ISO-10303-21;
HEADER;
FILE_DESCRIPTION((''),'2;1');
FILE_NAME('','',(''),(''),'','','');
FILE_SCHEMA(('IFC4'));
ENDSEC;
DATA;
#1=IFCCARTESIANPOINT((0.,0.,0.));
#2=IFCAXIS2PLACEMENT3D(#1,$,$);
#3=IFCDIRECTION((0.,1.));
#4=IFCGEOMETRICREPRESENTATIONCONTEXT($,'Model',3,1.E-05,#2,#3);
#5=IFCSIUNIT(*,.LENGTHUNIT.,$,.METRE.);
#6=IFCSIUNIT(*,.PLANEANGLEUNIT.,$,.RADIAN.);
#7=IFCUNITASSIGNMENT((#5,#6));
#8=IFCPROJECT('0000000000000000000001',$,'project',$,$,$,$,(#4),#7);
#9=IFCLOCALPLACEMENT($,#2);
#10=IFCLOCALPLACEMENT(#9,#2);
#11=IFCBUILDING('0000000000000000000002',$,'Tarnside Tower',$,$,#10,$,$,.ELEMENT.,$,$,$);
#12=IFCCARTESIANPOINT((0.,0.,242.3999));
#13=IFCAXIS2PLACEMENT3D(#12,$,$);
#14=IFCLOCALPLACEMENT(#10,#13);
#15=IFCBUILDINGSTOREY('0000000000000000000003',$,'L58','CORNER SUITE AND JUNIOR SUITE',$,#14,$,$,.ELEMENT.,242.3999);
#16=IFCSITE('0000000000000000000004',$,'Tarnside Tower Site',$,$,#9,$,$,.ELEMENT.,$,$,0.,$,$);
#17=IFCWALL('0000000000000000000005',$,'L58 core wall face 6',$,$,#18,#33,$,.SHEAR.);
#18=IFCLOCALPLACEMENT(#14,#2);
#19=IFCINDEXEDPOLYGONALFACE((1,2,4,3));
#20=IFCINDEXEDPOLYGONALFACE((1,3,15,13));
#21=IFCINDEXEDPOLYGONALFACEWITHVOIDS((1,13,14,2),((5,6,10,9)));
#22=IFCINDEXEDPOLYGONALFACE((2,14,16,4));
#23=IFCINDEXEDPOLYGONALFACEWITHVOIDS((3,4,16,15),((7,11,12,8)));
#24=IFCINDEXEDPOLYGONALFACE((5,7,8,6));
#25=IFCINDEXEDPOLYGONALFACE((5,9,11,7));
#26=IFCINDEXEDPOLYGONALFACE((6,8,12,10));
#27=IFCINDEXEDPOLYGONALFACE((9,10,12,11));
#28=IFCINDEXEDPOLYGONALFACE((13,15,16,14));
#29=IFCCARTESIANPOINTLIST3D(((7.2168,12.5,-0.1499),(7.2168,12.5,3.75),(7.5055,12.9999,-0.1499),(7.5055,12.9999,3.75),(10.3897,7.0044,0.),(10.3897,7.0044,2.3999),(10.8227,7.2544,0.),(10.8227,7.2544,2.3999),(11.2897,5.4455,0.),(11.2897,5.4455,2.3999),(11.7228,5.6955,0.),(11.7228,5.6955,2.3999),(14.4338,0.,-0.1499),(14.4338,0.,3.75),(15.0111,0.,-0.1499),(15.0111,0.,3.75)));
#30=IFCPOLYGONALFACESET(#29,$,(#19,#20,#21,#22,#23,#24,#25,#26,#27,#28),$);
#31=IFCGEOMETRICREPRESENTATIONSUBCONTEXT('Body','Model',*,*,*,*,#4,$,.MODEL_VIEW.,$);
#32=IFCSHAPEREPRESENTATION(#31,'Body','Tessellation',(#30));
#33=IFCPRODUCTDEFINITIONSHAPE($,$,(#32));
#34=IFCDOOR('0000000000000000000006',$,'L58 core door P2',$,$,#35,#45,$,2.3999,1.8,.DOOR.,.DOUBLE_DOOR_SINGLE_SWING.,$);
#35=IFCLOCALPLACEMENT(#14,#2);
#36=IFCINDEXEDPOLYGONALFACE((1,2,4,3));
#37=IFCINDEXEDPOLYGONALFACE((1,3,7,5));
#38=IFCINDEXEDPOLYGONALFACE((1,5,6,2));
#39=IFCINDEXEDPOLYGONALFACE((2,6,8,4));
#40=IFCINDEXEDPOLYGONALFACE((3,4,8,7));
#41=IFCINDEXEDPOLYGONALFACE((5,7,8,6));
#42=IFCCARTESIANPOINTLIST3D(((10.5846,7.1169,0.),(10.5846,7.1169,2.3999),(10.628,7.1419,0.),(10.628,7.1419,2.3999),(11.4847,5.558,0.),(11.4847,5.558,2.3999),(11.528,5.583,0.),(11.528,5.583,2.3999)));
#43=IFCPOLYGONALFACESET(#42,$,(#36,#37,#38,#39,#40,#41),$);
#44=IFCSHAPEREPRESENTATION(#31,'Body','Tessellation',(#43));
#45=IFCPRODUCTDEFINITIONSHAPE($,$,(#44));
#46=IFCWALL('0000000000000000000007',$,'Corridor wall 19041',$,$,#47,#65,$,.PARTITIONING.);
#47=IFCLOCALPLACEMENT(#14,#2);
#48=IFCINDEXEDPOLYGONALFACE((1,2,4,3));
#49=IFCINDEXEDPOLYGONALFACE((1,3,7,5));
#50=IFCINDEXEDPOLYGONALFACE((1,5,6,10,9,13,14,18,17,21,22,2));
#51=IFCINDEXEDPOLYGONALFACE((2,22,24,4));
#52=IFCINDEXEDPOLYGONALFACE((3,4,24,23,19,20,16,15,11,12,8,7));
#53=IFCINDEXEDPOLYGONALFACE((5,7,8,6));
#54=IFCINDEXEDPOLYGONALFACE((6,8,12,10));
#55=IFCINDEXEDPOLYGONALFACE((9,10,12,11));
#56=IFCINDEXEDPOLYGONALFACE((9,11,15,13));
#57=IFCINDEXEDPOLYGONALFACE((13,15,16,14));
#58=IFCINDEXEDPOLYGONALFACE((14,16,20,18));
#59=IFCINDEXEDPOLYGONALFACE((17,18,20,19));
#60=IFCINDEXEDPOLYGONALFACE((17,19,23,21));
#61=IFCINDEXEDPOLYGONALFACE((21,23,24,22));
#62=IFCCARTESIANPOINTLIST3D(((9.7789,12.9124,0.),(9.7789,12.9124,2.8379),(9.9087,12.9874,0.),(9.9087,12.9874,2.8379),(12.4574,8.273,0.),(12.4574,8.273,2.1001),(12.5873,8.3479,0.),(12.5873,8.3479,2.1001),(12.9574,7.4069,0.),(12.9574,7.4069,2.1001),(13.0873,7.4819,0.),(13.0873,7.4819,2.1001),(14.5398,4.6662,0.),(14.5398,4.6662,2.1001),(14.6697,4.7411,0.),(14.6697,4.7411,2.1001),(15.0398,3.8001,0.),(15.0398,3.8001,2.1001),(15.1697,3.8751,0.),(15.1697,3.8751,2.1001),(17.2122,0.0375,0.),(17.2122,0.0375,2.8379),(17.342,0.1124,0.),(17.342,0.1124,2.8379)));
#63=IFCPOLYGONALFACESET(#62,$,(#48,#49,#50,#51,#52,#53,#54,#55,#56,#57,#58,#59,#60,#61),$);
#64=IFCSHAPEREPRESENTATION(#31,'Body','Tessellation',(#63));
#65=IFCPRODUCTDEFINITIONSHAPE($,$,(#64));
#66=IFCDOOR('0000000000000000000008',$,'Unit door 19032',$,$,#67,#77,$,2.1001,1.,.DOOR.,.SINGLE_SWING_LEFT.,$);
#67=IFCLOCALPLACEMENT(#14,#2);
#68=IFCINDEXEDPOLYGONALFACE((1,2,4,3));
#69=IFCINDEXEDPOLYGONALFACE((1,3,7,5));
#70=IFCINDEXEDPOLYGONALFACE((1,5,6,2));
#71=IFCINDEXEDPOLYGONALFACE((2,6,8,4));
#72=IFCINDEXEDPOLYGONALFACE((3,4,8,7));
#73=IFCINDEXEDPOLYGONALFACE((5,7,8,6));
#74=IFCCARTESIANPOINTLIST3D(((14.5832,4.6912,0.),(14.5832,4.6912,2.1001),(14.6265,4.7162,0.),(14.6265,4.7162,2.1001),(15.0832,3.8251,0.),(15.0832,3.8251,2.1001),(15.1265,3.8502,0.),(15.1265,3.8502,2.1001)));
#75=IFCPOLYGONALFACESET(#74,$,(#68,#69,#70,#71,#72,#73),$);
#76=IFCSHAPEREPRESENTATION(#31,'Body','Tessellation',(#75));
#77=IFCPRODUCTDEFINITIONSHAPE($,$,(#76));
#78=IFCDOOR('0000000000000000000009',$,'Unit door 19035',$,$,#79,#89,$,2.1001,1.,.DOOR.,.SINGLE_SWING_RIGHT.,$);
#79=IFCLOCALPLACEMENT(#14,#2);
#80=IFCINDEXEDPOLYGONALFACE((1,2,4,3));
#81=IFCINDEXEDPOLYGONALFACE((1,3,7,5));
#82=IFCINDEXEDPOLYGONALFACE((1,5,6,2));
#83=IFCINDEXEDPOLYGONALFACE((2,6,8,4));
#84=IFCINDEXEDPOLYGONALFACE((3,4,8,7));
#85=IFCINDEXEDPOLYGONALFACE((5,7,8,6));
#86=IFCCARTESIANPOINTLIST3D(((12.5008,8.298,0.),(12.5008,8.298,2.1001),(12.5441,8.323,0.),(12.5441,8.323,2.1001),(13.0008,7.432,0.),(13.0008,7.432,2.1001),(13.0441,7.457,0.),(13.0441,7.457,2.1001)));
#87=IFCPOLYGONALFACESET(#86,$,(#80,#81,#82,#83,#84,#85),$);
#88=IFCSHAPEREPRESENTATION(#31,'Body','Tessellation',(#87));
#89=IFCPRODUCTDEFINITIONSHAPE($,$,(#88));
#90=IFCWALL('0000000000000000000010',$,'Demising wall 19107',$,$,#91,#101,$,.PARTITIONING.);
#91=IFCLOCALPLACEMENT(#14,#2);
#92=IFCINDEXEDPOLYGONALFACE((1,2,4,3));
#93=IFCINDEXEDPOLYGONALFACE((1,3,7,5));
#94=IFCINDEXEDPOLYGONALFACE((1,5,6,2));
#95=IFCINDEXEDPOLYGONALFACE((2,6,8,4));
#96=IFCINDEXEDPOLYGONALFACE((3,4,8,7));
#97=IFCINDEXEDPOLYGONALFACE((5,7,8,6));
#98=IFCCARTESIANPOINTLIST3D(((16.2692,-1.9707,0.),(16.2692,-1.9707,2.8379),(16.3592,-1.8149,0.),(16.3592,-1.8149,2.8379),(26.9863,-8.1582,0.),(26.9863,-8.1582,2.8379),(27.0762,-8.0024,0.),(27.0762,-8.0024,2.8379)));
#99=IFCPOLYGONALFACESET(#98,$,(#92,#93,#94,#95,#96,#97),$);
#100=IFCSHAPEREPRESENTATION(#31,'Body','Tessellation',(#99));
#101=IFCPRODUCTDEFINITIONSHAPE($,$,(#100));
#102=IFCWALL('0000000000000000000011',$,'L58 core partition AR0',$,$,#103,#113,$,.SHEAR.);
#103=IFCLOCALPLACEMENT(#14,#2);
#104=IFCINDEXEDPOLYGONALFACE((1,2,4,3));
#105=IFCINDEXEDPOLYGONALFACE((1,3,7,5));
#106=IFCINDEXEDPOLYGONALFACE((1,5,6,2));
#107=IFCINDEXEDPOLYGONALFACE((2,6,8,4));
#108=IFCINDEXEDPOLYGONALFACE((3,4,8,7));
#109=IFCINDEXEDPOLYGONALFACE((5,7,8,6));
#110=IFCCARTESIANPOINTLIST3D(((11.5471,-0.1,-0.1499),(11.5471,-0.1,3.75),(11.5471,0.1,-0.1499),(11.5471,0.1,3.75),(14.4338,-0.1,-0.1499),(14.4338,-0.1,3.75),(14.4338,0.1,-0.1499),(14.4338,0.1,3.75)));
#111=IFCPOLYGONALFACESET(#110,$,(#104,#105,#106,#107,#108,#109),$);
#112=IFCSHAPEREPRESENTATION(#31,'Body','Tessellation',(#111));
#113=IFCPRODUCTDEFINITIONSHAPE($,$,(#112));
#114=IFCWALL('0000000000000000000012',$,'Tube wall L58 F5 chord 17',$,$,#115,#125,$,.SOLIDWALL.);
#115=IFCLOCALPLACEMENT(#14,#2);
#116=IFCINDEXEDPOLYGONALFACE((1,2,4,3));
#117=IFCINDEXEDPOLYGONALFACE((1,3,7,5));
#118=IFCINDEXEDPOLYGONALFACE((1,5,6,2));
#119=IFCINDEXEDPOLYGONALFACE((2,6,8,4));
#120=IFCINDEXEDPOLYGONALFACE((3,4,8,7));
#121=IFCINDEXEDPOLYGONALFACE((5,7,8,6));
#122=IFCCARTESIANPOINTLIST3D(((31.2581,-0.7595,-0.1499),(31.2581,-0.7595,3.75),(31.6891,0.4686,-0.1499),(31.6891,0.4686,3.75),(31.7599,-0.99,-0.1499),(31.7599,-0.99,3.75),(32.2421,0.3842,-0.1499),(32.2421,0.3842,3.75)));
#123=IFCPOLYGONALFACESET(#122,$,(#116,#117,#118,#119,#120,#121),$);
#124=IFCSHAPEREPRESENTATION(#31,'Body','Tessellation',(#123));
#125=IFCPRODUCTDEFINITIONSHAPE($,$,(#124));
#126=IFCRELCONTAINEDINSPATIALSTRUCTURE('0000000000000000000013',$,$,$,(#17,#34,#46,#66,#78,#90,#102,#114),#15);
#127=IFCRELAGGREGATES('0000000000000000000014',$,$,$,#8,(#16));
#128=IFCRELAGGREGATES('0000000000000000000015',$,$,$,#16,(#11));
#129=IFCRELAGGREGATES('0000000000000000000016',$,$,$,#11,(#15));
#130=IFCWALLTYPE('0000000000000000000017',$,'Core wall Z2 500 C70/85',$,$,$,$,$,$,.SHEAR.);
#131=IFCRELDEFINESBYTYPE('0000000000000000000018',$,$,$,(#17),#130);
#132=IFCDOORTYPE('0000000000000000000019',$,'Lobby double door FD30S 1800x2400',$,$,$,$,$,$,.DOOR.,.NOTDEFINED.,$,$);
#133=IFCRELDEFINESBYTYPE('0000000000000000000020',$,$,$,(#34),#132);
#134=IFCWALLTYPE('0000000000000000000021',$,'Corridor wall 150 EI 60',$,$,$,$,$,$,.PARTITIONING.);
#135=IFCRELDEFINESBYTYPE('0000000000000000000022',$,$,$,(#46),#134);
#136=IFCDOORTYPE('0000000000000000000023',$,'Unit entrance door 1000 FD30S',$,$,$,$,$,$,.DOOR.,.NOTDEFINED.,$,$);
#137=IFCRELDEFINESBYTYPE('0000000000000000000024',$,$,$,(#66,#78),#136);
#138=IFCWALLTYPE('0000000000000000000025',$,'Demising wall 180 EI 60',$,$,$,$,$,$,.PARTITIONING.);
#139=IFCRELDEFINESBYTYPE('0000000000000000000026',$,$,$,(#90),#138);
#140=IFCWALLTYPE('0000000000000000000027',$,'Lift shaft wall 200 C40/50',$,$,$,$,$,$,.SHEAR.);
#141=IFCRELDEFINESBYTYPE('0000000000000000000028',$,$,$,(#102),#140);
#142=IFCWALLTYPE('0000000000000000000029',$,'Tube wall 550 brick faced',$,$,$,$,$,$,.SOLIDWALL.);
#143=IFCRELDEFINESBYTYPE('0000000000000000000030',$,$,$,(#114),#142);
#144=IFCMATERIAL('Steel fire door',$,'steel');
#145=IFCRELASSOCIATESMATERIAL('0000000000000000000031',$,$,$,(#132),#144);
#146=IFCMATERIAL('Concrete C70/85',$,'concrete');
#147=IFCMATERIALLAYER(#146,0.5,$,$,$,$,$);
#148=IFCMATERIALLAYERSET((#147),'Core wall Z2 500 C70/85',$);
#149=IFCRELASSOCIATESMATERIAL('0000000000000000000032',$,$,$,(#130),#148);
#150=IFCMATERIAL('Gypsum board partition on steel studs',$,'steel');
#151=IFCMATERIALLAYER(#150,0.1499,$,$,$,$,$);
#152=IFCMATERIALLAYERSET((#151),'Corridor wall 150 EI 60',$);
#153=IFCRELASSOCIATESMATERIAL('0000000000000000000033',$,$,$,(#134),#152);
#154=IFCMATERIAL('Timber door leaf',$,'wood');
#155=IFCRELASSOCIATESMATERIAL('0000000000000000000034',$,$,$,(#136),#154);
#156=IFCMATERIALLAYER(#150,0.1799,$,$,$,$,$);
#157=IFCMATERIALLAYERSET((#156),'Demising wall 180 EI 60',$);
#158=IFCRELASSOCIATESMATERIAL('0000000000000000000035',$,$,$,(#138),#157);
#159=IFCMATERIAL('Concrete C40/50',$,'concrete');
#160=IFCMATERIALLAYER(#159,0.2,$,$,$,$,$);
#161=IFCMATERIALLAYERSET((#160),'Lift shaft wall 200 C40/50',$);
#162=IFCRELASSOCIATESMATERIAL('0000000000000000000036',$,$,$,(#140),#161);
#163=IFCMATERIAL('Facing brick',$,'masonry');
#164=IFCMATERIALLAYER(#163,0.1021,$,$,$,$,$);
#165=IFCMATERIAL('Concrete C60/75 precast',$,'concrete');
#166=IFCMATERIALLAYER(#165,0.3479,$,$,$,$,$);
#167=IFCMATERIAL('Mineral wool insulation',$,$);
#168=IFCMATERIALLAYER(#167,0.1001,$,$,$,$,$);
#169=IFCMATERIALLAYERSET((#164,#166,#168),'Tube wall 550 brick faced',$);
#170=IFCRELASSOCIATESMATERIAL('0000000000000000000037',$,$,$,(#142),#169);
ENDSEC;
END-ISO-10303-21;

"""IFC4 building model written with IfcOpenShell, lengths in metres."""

from ifc_helpers import new_model, si_unit, direction, frame, frame_2d, origin, place, context, subcontext, project, spatial, polyline, rectangle, outline, extrude, material, layer, layer_set, type_object, element, fill, save


model = new_model("IFC4")

# Units and contexts
model_context = context("Model", 3, precision=1e-05, world=origin(), true_north=direction((0.0, 1.0)))
body_context = subcontext(model_context, "Body", "Model", "MODEL_VIEW")
ifc_project = project(units=[si_unit("LENGTHUNIT", "METRE"), si_unit("PLANEANGLEUNIT", "RADIAN")], contexts=[model_context])

# Site, building, storey
site_placement = place(None, origin())
site = spatial("IfcSite", under=ifc_project, at=site_placement, Name="Tarnside Tower Site", CompositionType="ELEMENT", RefElevation=0.0)
building_placement = place(site_placement, origin())
building = spatial("IfcBuilding", under=site, at=building_placement, Name="Tarnside Tower", CompositionType="ELEMENT")
storey_placement = place(building_placement, frame((0.0, 0.0, 242.3999)))
storey = spatial("IfcBuildingStorey", under=building, at=storey_placement, Name="L58", Description="CORNER SUITE AND JUNIOR SUITE", CompositionType="ELEMENT", Elevation=242.3999)

# Shared definitions
ifc_material_1 = material(Name="Gypsum board partition on steel studs", Category="steel")
ifc_material_2 = material(Name="Timber door leaf", Category="wood")

# Wall, opening, door
ifc_material_3 = material(Name="Steel fire door", Category="steel")
door_type_1 = type_object("IfcDoorType", Name="Lobby double door FD30S 1800x2400", OperationType="NOTDEFINED", PredefinedType="DOOR", material=ifc_material_3)
ifc_material_4 = material(Name="Concrete C70/85", Category="concrete")
ifc_layer_1 = layer(ifc_material_4, 0.5)
ifc_layer_set_1 = layer_set([ifc_layer_1], Name="Core wall Z2 500 C70/85")
wall_type_1 = type_object("IfcWallType", Name="Core wall Z2 500 C70/85", PredefinedType="SHEAR", material=ifc_layer_set_1)
wall_1_placement = place(storey_placement, frame((14.7224, 0.0, -0.1499), z_axis=(0.0, 0.0, 1.0), x_axis=(-0.500006, 0.866022, 0.0)))
wall_1 = element("IfcWall", 1, at=wall_1_placement, inside=storey, type_object=wall_type_1, Name="L58 core wall face 6", PredefinedType="SHEAR", context=body_context, shape_type="SweptSolid", body=[
    extrude(outline(polyline([(-0.1443, -0.25), (14.8667, -0.25), (14.5781, 0.25), (0.1443, 0.25), (-0.1443, -0.25)])), origin(), (0.0, 0.0, 1.0), 3.8999),
])
opening_1_placement = place(wall_1_placement, frame((6.4324, 0.0, 0.1499)))
opening_1 = element("IfcOpeningElement", 2, at=opening_1_placement, cuts=wall_1, PredefinedType="OPENING", context=body_context, shape_type="SweptSolid", body=[
    extrude(rectangle(XDim=1.8, YDim=2.3999, at=frame_2d((0.8999, 1.2))), frame((0.0, 0.26, 0.0), z_axis=(0.0, -1.0, 0.0), x_axis=(1.0, 0.0, 0.0)), (0.0, 0.0, 1.0), 0.52),
])
door_1_placement = place(opening_1_placement, origin())
door_1 = element("IfcDoor", 3, at=door_1_placement, inside=storey, type_object=door_type_1, Name="L58 core door P2", OperationType="DOUBLE_DOOR_SINGLE_SWING", OverallHeight=2.3999, OverallWidth=1.8, PredefinedType="DOOR", context=body_context, shape_type="SweptSolid", body=[
    extrude(rectangle(XDim=1.8, YDim=2.3999, at=frame_2d((0.8999, 1.2))), frame((0.0, 0.0249, 0.0), z_axis=(0.0, -1.0, 0.0), x_axis=(1.0, 0.0, 0.0)), (0.0, 0.0, 1.0), 0.05),
])
fill(opening_1, door_1)

# Wall, openings, doors
ifc_layer_2 = layer(ifc_material_1, 0.1499)
ifc_layer_set_2 = layer_set([ifc_layer_2], Name="Corridor wall 150 EI 60")
wall_type_2 = type_object("IfcWallType", Name="Corridor wall 150 EI 60", PredefinedType="PARTITIONING", material=ifc_layer_set_2)
wall_2_placement = place(storey_placement, frame((17.2771, 0.075, 0.0), z_axis=(0.0, 0.0, 1.0), x_axis=(-0.499998, 0.866026, 0.0)))
wall_2 = element("IfcWall", 4, at=wall_2_placement, inside=storey, type_object=wall_type_2, Name="Corridor wall 19041", PredefinedType="PARTITIONING", context=body_context, shape_type="SweptSolid", body=[
    extrude(rectangle(XDim=14.8667, YDim=0.1499, at=frame_2d((7.4333, 0.0))), origin(), (0.0, 0.0, 1.0), 2.8379),
])
opening_2_placement = place(wall_2_placement, frame((4.3447, 0.0, 0.0)))
opening_2 = element("IfcOpeningElement", 5, at=opening_2_placement, cuts=wall_2, PredefinedType="OPENING", context=body_context, shape_type="SweptSolid", body=[
    extrude(rectangle(XDim=1.0, YDim=2.1001, at=frame_2d((0.5, 1.05))), frame((0.0, 0.085, 0.0), z_axis=(0.0, -1.0, 0.0), x_axis=(1.0, 0.0, 0.0)), (0.0, 0.0, 1.0), 0.1699),
])
opening_3_placement = place(wall_2_placement, frame((8.5095, 0.0, 0.0)))
opening_3 = element("IfcOpeningElement", 6, at=opening_3_placement, cuts=wall_2, PredefinedType="OPENING", context=body_context, shape_type="SweptSolid", body=[
    extrude(rectangle(XDim=1.0, YDim=2.1001, at=frame_2d((0.5, 1.05))), frame((0.0, 0.085, 0.0), z_axis=(0.0, -1.0, 0.0), x_axis=(1.0, 0.0, 0.0)), (0.0, 0.0, 1.0), 0.1699),
])
door_type_2 = type_object("IfcDoorType", Name="Unit entrance door 1000 FD30S", OperationType="NOTDEFINED", PredefinedType="DOOR", material=ifc_material_2)
door_2_placement = place(opening_2_placement, origin())
door_2 = element("IfcDoor", 7, at=door_2_placement, inside=storey, type_object=door_type_2, Name="Unit door 19032", OperationType="SINGLE_SWING_LEFT", OverallHeight=2.1001, OverallWidth=1.0, PredefinedType="DOOR", context=body_context, shape_type="SweptSolid", body=[
    extrude(rectangle(XDim=1.0, YDim=2.1001, at=frame_2d((0.5, 1.05))), frame((0.0, 0.0249, 0.0), z_axis=(0.0, -1.0, 0.0), x_axis=(1.0, 0.0, 0.0)), (0.0, 0.0, 1.0), 0.05),
])
fill(opening_2, door_2)
door_3_placement = place(opening_3_placement, origin())
door_3 = element("IfcDoor", 8, at=door_3_placement, inside=storey, type_object=door_type_2, Name="Unit door 19035", OperationType="SINGLE_SWING_RIGHT", OverallHeight=2.1001, OverallWidth=1.0, PredefinedType="DOOR", context=body_context, shape_type="SweptSolid", body=[
    extrude(rectangle(XDim=1.0, YDim=2.1001, at=frame_2d((0.5, 1.05))), frame((0.0, 0.0249, 0.0), z_axis=(0.0, -1.0, 0.0), x_axis=(1.0, 0.0, 0.0)), (0.0, 0.0, 1.0), 0.05),
])
fill(opening_3, door_3)

# Walls
ifc_layer_3 = layer(ifc_material_1, 0.1799)
ifc_layer_set_3 = layer_set([ifc_layer_3], Name="Demising wall 180 EI 60")
wall_type_3 = type_object("IfcWallType", Name="Demising wall 180 EI 60", PredefinedType="PARTITIONING", material=ifc_layer_set_3)
wall_3_placement = place(storey_placement, frame((27.0312, -8.0803, 0.0), z_axis=(0.0, 0.0, 1.0), x_axis=(-0.866025, 0.500001, 0.0)))
element("IfcWall", 9, at=wall_3_placement, inside=storey, type_object=wall_type_3, Name="Demising wall 19107", PredefinedType="PARTITIONING", context=body_context, shape_type="SweptSolid", body=[
    extrude(rectangle(XDim=12.375, YDim=0.1799, at=frame_2d((6.1875, 0.0))), origin(), (0.0, 0.0, 1.0), 2.8379),
])
ifc_material_5 = material(Name="Concrete C40/50", Category="concrete")
ifc_layer_4 = layer(ifc_material_5, 0.2)
ifc_layer_set_4 = layer_set([ifc_layer_4], Name="Lift shaft wall 200 C40/50")
wall_type_4 = type_object("IfcWallType", Name="Lift shaft wall 200 C40/50", PredefinedType="SHEAR", material=ifc_layer_set_4)
wall_4_placement = place(storey_placement, frame((11.5471, 0.0, -0.1499), z_axis=(0.0, 0.0, 1.0), x_axis=(1.0, 0.0, 0.0)))
element("IfcWall", 10, at=wall_4_placement, inside=storey, type_object=wall_type_4, Name="L58 core partition AR0", PredefinedType="SHEAR", context=body_context, shape_type="SweptSolid", body=[
    extrude(rectangle(XDim=2.8867, YDim=0.2, at=frame_2d((1.4434, 0.0))), origin(), (0.0, 0.0, 1.0), 3.8999),
])
ifc_material_6 = material(Name="Facing brick", Category="masonry")
ifc_layer_5 = layer(ifc_material_6, 0.1021)
ifc_material_7 = material(Name="Concrete C60/75 precast", Category="concrete")
ifc_layer_6 = layer(ifc_material_7, 0.3479)
ifc_material_8 = material(Name="Mineral wool insulation")
ifc_layer_7 = layer(ifc_material_8, 0.1001)
ifc_layer_set_5 = layer_set([ifc_layer_5, ifc_layer_6, ifc_layer_7], Name="Tube wall 550 brick faced")
wall_type_5 = type_object("IfcWallType", Name="Tube wall 550 brick faced", PredefinedType="SOLIDWALL", material=ifc_layer_set_5)
wall_5_placement = place(storey_placement, frame((31.509, -0.8748, -0.1499), z_axis=(0.0, 0.0, 1.0), x_axis=(0.331115, 0.94359, 0.0)))
element("IfcWall", 11, at=wall_5_placement, inside=storey, type_object=wall_type_5, Name="Tube wall L58 F5 chord 17", PredefinedType="SOLIDWALL", context=body_context, shape_type="SweptSolid", body=[
    extrude(outline(polyline([(-0.0256, -0.2749), (1.4307, -0.2749), (1.3271, 0.2749), (0.0256, 0.2749), (-0.0256, -0.2749)])), origin(), (0.0, 0.0, 1.0), 3.8999),
])

save(model, "model.ifc")
